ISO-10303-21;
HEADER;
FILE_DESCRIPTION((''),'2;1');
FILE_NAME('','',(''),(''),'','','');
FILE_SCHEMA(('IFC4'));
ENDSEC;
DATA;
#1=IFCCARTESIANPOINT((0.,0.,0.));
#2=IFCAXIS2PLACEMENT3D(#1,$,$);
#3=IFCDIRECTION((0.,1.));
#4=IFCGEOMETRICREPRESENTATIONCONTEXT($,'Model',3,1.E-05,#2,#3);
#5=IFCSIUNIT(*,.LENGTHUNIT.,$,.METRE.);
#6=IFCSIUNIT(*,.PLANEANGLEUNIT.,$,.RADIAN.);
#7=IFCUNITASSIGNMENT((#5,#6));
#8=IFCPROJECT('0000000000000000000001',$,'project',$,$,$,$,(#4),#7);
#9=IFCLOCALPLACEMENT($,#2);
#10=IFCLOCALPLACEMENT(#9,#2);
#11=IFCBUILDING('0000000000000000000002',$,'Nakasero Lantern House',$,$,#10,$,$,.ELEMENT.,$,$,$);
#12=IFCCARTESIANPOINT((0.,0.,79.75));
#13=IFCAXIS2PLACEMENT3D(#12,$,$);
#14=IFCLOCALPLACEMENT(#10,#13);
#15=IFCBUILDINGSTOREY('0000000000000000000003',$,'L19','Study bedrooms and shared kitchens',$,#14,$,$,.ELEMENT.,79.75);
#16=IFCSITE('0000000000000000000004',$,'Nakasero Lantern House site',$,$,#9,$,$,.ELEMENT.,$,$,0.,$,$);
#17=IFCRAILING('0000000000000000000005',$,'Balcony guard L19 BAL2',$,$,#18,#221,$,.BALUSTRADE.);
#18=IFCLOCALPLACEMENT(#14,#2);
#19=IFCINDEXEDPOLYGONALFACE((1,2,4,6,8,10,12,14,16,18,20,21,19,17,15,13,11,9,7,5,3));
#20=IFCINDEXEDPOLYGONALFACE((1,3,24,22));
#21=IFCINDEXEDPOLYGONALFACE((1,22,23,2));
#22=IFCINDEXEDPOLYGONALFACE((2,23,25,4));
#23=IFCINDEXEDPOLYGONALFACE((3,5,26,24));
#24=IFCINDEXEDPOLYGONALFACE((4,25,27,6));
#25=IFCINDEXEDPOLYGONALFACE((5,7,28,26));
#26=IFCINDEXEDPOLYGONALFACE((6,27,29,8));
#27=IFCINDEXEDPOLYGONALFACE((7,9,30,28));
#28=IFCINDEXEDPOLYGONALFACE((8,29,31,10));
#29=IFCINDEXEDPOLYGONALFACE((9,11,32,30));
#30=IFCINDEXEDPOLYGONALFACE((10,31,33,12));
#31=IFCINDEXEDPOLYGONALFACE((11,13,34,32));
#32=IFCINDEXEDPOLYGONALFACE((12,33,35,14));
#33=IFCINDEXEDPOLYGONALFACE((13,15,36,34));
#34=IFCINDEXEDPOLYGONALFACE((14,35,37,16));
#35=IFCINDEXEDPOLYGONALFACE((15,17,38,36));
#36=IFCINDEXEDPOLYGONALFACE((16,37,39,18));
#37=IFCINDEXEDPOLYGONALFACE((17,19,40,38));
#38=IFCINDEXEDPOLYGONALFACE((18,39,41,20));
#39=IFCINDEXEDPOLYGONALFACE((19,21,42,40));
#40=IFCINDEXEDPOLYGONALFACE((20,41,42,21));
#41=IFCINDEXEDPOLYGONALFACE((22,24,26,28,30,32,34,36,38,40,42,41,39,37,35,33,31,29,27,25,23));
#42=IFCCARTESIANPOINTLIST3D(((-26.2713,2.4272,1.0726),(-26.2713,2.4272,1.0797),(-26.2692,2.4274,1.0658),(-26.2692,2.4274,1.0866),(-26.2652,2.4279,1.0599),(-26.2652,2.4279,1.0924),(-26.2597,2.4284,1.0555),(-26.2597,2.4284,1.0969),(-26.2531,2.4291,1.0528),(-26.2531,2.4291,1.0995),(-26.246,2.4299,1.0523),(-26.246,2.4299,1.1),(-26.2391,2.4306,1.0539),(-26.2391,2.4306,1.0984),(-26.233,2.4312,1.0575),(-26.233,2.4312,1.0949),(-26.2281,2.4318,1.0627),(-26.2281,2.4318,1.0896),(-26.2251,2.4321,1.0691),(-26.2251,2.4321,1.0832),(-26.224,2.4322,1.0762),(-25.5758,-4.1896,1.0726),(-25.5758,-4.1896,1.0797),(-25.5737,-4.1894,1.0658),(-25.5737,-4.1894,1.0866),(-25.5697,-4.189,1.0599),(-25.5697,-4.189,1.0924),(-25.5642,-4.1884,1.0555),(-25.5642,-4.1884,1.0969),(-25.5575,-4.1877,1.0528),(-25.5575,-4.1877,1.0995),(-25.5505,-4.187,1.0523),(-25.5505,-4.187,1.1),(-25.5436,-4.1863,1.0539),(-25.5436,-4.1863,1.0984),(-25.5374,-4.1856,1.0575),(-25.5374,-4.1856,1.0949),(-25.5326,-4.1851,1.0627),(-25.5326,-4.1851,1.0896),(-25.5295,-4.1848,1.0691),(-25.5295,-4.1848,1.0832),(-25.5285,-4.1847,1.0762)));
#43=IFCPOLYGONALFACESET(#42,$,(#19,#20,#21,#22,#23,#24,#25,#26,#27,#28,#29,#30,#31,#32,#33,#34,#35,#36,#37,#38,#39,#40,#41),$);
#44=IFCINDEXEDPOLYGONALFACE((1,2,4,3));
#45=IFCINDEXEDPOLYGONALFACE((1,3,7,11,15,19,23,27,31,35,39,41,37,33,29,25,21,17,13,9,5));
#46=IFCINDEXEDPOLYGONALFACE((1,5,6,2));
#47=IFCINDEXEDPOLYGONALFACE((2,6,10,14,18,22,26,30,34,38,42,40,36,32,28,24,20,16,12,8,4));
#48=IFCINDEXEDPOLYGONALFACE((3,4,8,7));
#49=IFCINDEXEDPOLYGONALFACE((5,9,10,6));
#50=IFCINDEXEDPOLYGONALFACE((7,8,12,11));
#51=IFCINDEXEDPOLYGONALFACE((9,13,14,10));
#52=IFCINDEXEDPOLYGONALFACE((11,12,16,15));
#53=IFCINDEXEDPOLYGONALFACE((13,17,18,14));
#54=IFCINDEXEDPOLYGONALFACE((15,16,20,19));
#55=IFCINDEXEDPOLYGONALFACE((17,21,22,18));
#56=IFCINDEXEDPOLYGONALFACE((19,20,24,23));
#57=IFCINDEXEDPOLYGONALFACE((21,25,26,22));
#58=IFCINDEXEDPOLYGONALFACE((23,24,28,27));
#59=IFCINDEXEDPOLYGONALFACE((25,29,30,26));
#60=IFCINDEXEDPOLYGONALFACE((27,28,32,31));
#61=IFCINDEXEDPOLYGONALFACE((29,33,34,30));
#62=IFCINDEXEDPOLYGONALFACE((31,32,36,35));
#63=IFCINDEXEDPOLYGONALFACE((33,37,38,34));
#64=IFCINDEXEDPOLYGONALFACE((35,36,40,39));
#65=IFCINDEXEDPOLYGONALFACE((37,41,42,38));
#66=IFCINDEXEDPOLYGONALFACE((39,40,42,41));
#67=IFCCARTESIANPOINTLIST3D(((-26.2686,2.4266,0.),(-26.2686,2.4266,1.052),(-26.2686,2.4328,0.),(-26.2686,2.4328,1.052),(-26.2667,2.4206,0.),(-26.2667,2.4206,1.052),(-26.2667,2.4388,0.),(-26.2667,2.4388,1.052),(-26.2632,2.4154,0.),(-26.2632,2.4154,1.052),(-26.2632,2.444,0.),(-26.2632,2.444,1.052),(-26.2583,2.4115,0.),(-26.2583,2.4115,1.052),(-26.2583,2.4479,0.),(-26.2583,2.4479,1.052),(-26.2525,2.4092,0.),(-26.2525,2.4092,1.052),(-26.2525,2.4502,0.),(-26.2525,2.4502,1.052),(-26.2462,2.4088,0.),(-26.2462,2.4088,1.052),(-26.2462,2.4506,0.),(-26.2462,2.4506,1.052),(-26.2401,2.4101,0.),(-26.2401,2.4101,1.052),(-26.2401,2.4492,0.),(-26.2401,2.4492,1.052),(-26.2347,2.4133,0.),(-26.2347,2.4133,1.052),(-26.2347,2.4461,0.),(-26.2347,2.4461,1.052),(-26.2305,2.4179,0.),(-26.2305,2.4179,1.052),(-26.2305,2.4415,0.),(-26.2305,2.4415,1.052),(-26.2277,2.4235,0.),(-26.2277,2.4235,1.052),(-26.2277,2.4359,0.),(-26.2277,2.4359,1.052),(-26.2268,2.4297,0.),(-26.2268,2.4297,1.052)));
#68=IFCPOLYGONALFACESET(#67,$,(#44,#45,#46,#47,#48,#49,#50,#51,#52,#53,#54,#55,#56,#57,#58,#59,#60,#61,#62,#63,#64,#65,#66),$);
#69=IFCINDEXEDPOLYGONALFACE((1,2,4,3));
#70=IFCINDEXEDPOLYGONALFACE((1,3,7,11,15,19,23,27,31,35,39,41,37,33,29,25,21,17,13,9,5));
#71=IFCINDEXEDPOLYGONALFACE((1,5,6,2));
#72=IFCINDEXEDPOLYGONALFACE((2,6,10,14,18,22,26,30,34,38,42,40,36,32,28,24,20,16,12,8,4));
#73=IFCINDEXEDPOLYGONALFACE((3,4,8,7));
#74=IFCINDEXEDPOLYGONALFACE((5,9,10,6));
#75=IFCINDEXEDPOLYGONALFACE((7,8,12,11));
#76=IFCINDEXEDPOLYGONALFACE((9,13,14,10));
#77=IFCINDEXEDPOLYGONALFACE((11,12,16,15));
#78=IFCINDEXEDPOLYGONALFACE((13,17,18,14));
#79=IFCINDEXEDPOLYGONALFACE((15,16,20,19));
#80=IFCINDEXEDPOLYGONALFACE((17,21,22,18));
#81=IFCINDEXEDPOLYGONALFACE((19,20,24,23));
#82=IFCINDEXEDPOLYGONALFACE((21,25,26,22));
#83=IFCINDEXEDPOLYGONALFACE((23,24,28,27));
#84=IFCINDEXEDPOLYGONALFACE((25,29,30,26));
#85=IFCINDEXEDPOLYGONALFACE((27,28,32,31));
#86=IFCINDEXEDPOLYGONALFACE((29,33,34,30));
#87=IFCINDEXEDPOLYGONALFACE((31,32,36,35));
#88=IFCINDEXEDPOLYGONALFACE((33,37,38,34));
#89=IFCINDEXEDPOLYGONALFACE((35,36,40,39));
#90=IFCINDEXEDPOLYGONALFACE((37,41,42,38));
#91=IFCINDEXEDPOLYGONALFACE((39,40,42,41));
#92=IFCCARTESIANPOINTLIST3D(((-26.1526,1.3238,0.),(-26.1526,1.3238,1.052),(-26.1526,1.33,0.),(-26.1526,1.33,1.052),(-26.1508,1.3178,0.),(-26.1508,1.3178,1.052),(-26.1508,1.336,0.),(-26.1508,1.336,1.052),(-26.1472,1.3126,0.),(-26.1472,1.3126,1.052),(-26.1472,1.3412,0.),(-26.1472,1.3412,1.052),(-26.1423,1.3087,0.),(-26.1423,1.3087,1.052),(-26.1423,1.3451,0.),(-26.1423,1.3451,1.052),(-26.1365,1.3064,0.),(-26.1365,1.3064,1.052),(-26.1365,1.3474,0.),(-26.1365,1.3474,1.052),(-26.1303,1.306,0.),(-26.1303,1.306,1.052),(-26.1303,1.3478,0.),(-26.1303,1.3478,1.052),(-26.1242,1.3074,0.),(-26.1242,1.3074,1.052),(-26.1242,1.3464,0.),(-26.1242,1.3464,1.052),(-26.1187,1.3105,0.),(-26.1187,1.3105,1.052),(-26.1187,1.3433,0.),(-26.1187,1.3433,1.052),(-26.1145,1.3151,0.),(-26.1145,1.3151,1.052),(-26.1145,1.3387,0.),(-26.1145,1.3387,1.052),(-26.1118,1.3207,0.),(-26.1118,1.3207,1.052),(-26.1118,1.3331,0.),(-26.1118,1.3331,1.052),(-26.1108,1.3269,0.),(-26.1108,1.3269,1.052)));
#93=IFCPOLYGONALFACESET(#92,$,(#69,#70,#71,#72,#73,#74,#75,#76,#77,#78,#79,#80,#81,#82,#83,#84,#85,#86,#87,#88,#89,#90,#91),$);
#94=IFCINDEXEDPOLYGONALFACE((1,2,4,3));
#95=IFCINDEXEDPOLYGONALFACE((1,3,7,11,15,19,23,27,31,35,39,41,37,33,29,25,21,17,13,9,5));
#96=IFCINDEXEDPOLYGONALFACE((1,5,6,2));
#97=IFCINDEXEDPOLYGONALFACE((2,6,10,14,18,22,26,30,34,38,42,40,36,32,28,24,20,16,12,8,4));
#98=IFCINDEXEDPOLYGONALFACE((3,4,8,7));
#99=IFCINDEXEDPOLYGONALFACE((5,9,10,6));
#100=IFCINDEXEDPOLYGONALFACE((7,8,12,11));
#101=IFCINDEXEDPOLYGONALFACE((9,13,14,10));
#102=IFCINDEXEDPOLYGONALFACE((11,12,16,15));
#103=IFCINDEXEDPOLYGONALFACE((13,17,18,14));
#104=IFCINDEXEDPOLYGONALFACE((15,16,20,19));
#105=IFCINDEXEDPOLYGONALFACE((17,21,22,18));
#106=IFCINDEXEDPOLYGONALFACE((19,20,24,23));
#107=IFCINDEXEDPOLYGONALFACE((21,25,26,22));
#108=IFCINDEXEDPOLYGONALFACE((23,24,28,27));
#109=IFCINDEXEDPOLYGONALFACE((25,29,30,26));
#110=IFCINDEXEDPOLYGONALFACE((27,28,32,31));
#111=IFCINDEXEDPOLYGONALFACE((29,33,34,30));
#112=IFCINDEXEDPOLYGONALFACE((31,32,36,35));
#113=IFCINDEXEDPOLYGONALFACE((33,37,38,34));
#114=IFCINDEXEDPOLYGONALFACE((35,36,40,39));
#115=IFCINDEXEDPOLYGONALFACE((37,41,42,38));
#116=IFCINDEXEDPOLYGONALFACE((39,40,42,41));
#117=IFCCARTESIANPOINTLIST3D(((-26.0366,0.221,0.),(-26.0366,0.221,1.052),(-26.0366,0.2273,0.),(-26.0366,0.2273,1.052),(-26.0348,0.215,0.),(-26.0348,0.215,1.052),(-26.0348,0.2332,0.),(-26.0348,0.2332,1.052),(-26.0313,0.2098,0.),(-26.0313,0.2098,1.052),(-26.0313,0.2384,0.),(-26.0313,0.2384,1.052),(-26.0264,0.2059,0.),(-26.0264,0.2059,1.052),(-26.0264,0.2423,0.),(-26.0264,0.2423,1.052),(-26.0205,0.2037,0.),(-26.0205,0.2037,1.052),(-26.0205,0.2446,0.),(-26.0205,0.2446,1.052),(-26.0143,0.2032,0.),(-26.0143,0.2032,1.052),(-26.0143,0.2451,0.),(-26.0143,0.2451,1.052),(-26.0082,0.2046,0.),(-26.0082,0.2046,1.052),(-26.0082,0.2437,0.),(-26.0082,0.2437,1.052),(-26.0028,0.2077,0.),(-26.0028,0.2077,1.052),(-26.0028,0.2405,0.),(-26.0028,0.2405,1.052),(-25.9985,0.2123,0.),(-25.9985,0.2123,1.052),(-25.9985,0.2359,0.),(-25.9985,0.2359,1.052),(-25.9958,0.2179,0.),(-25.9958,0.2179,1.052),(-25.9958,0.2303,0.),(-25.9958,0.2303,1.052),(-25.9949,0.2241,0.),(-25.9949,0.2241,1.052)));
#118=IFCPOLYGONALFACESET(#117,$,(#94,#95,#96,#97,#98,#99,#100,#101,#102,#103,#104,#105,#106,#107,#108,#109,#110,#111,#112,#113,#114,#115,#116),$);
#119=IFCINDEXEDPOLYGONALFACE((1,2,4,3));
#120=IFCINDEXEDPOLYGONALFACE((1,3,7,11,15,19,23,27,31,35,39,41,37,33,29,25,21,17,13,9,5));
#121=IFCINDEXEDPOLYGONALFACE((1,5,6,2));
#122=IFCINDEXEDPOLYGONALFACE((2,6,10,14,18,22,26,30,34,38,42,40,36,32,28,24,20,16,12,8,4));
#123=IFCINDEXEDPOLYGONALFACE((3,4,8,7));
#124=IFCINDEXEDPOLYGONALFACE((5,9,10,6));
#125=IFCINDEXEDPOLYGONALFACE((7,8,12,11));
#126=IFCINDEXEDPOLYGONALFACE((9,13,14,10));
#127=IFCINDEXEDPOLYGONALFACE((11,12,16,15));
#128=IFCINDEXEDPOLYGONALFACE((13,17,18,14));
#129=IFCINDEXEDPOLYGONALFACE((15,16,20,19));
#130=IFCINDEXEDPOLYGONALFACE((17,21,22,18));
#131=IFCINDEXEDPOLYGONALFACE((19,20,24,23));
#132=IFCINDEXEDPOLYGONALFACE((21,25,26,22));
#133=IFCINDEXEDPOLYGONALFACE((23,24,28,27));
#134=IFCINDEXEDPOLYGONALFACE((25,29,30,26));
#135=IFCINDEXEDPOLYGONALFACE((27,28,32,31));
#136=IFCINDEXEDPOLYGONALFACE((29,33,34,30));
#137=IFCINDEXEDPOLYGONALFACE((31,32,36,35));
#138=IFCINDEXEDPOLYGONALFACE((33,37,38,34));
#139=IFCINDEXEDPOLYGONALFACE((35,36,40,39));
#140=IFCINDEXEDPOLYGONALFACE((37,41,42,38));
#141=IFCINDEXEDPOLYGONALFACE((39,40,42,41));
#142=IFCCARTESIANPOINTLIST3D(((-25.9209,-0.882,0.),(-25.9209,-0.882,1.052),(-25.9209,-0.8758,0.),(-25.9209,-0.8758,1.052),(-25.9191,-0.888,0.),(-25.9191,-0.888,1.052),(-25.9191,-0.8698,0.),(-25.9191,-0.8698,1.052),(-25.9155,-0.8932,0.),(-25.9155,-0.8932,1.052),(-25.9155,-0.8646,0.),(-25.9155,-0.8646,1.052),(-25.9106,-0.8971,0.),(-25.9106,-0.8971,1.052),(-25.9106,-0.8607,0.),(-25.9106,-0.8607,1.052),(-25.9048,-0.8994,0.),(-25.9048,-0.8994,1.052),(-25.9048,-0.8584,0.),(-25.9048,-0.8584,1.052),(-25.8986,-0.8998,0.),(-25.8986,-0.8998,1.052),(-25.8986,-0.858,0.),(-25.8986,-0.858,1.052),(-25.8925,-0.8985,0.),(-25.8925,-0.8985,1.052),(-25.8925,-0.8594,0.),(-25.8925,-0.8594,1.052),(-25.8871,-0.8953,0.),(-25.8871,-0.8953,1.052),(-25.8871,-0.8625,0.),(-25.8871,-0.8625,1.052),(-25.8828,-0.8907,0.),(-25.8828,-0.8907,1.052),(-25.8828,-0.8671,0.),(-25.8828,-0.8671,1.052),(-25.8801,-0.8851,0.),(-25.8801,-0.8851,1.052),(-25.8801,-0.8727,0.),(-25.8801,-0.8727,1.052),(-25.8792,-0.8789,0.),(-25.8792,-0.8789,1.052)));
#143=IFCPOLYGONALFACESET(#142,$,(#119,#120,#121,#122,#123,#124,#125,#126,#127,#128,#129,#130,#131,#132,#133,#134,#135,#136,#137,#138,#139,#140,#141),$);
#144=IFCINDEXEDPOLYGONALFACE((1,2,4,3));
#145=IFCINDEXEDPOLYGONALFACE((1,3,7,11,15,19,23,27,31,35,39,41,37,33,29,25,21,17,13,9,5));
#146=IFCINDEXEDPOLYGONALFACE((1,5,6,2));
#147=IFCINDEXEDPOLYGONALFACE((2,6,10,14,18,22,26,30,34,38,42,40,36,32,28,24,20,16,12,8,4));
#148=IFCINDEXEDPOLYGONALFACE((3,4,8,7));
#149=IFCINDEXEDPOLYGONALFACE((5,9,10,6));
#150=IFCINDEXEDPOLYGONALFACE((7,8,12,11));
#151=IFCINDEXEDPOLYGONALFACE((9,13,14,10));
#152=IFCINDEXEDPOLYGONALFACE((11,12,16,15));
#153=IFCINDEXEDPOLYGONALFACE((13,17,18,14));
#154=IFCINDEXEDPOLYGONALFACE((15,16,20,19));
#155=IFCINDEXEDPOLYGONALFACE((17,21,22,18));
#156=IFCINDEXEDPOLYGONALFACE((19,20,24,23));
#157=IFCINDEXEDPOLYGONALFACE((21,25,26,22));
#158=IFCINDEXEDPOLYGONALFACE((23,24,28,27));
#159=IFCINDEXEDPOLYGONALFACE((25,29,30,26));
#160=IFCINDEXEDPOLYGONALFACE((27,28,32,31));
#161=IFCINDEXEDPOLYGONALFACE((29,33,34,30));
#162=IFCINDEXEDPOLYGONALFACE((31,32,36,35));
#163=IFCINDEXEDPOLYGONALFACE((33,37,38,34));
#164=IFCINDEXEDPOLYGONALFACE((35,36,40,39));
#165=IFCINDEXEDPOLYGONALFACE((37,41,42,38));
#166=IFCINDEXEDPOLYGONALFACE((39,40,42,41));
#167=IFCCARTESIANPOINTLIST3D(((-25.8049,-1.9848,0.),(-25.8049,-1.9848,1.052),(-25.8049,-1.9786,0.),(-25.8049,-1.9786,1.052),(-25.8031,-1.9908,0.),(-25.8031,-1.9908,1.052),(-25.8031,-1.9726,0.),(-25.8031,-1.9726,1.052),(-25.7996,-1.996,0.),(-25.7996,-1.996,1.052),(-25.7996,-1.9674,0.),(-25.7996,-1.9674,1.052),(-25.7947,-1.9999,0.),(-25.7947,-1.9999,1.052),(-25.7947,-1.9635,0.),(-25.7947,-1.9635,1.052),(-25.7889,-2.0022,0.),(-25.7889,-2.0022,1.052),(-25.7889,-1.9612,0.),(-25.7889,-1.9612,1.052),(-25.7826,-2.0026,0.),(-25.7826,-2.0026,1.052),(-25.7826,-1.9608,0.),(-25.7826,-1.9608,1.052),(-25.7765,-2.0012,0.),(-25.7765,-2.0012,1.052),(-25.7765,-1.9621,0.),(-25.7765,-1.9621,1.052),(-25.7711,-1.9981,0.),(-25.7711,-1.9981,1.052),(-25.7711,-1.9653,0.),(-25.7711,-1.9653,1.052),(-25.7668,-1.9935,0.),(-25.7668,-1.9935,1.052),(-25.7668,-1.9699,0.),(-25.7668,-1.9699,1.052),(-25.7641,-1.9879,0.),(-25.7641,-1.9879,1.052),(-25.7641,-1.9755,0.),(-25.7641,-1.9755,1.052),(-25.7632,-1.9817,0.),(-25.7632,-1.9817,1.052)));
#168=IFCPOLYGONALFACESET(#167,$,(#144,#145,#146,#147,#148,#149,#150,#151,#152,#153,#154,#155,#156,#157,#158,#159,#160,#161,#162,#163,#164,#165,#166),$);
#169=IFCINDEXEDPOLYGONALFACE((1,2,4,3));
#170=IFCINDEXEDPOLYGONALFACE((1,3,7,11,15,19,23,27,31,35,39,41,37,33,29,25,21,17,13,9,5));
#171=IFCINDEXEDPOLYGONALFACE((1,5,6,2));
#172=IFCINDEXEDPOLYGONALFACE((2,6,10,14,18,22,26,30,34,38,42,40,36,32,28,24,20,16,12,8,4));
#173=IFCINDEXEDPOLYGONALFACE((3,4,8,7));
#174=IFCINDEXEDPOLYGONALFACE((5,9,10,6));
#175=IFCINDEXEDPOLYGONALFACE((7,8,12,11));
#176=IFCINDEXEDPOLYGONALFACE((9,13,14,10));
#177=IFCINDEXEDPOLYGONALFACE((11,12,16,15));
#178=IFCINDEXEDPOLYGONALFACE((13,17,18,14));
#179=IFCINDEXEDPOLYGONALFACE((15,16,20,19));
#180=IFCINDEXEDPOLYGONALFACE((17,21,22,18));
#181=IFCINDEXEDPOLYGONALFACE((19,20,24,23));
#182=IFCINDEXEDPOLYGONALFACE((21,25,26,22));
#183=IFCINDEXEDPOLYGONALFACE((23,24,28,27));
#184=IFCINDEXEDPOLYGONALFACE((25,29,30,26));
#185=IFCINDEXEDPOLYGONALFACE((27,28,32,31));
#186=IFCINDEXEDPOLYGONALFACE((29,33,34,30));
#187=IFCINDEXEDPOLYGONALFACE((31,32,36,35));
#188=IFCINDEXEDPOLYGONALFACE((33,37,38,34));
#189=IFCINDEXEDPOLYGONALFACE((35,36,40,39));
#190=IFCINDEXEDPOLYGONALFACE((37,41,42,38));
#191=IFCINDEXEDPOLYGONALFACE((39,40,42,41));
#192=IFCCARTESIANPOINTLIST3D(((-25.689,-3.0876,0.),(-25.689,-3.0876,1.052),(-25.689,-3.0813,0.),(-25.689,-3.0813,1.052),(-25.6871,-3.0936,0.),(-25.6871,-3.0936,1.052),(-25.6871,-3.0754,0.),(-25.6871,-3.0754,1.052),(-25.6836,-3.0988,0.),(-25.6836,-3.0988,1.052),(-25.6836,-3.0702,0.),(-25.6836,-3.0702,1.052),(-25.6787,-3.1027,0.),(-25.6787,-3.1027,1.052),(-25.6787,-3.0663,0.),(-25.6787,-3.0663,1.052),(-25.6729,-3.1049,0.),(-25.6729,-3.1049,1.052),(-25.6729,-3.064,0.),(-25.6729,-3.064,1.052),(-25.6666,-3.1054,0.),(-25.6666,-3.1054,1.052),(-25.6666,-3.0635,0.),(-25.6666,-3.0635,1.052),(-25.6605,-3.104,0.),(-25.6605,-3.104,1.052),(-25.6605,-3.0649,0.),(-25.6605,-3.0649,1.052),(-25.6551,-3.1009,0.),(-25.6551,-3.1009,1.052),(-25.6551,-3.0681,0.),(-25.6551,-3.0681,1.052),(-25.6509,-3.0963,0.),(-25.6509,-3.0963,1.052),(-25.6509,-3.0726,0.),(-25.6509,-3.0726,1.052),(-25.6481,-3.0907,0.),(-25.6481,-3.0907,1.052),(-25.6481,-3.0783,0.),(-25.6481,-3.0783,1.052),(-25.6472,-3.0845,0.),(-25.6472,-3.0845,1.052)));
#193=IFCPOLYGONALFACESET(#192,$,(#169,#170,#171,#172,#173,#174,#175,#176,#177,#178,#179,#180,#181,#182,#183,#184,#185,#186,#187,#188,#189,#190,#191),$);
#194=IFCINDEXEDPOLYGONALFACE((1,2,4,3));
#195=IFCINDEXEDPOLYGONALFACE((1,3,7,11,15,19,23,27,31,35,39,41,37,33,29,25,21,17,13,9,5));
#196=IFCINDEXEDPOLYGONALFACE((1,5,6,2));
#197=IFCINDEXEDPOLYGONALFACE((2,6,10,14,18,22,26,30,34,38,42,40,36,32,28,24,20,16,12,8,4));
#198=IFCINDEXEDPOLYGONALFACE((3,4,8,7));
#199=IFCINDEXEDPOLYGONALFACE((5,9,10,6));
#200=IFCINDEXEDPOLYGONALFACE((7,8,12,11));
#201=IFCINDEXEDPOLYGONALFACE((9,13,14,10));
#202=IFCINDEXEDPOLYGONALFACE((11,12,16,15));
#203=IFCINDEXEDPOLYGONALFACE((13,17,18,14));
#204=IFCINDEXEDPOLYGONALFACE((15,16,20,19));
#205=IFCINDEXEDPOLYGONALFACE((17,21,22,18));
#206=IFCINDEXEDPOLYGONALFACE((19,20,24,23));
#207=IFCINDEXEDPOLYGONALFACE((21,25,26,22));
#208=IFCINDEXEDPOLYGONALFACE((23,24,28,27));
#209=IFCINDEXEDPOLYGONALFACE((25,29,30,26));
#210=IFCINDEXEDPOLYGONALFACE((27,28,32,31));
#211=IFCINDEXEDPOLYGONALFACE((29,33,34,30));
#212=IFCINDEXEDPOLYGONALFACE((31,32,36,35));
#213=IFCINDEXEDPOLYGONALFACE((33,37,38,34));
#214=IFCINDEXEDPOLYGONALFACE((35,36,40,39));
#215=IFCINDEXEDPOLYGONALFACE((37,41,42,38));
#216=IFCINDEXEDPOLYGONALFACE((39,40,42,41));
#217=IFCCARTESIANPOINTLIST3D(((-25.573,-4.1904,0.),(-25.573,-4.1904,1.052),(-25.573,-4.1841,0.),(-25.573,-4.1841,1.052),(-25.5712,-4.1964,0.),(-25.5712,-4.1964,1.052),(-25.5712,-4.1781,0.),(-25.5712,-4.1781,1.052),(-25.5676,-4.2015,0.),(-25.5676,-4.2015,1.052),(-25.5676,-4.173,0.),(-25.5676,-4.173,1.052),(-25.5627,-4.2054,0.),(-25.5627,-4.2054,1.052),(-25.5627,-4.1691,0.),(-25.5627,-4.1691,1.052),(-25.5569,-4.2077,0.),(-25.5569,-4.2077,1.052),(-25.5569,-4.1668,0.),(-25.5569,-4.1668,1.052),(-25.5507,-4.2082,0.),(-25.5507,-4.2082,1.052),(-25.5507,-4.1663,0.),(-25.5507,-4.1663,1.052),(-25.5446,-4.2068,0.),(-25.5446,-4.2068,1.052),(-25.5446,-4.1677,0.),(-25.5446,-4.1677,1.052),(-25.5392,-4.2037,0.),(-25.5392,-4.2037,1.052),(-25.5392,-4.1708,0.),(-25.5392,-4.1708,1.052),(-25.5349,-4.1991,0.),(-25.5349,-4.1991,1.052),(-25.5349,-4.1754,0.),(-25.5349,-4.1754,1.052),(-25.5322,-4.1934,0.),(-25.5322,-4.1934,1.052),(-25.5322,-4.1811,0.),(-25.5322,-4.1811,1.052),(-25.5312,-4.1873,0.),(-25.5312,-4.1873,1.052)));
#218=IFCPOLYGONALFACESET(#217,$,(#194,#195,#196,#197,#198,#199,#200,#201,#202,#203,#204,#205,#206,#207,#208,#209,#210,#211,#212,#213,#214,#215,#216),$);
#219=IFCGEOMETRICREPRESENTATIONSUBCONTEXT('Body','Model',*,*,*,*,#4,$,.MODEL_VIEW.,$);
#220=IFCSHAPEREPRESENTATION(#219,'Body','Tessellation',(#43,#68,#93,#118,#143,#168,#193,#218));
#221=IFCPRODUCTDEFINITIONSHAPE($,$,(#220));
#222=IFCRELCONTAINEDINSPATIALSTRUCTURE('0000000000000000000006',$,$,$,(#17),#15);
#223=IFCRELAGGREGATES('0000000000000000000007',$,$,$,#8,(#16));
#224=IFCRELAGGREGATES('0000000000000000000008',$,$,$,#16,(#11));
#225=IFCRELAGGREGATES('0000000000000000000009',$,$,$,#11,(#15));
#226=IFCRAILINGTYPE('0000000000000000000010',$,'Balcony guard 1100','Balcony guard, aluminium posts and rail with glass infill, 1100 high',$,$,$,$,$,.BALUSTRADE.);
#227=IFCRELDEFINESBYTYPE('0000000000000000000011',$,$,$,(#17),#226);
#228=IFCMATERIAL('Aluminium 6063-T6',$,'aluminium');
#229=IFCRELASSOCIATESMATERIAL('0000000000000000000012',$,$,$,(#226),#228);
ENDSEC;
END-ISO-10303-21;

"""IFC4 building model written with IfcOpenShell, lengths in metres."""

from ifc_helpers import new_model, si_unit, direction, frame, origin, origin_2d, place, context, subcontext, project, spatial, circle, extrude, material, type_object, element, save


model = new_model("IFC4")

# Units and contexts
model_context = context("Model", 3, precision=1e-05, world=origin(), true_north=direction((0.0, 1.0)))
body_context = subcontext(model_context, "Body", "Model", "MODEL_VIEW")
ifc_project = project(units=[si_unit("LENGTHUNIT", "METRE"), si_unit("PLANEANGLEUNIT", "RADIAN")], contexts=[model_context])

# Site, building, storey
site_placement = place(None, origin())
site = spatial("IfcSite", under=ifc_project, at=site_placement, Name="Nakasero Lantern House site", CompositionType="ELEMENT", RefElevation=0.0)
building_placement = place(site_placement, origin())
building = spatial("IfcBuilding", under=site, at=building_placement, Name="Nakasero Lantern House", CompositionType="ELEMENT")
storey_placement = place(building_placement, frame((0.0, 0.0, 79.75)))
storey = spatial("IfcBuildingStorey", under=building, at=storey_placement, Name="L19", Description="Study bedrooms and shared kitchens", CompositionType="ELEMENT", Elevation=79.75)

# Railing
ifc_material_1 = material(Name="Aluminium 6063-T6", Category="aluminium")
railing_type = type_object("IfcRailingType", Name="Balcony guard 1100", Description="Balcony guard, aluminium posts and rail with glass infill, 1100 high", PredefinedType="BALUSTRADE", material=ifc_material_1)
railing_placement = place(storey_placement, frame((-26.2478, 2.4297, 0.0)))
element("IfcRailing", 1, at=railing_placement, inside=storey, type_object=railing_type, Name="Balcony guard L19 BAL2", PredefinedType="BALUSTRADE", context=body_context, shape_type="SweptSolid", body=[
    extrude(circle(Radius=0.0239, at=origin_2d()), frame((0.0, 0.0, 1.0762), z_axis=(0.104542, -0.994521, 0.0), x_axis=(0.994521, 0.104542, 0.0)), (0.0, 0.0, 1.0), 6.6533),
    extrude(circle(Radius=0.021, at=origin_2d()), origin(), (0.0, 0.0, 1.0), 1.052),
    extrude(circle(Radius=0.021, at=origin_2d()), frame((0.116, -1.1028, 0.0)), (0.0, 0.0, 1.0), 1.052),
    extrude(circle(Radius=0.021, at=origin_2d()), frame((0.2319, -2.2056, 0.0)), (0.0, 0.0, 1.0), 1.052),
    extrude(circle(Radius=0.021, at=origin_2d()), frame((0.3477, -3.3086, 0.0)), (0.0, 0.0, 1.0), 1.052),
    extrude(circle(Radius=0.021, at=origin_2d()), frame((0.4636, -4.4114, 0.0)), (0.0, 0.0, 1.0), 1.052),
    extrude(circle(Radius=0.021, at=origin_2d()), frame((0.5796, -5.5142, 0.0)), (0.0, 0.0, 1.0), 1.052),
    extrude(circle(Radius=0.021, at=origin_2d()), frame((0.6956, -6.6169, 0.0)), (0.0, 0.0, 1.0), 1.052),
])

save(model, "model.ifc")
